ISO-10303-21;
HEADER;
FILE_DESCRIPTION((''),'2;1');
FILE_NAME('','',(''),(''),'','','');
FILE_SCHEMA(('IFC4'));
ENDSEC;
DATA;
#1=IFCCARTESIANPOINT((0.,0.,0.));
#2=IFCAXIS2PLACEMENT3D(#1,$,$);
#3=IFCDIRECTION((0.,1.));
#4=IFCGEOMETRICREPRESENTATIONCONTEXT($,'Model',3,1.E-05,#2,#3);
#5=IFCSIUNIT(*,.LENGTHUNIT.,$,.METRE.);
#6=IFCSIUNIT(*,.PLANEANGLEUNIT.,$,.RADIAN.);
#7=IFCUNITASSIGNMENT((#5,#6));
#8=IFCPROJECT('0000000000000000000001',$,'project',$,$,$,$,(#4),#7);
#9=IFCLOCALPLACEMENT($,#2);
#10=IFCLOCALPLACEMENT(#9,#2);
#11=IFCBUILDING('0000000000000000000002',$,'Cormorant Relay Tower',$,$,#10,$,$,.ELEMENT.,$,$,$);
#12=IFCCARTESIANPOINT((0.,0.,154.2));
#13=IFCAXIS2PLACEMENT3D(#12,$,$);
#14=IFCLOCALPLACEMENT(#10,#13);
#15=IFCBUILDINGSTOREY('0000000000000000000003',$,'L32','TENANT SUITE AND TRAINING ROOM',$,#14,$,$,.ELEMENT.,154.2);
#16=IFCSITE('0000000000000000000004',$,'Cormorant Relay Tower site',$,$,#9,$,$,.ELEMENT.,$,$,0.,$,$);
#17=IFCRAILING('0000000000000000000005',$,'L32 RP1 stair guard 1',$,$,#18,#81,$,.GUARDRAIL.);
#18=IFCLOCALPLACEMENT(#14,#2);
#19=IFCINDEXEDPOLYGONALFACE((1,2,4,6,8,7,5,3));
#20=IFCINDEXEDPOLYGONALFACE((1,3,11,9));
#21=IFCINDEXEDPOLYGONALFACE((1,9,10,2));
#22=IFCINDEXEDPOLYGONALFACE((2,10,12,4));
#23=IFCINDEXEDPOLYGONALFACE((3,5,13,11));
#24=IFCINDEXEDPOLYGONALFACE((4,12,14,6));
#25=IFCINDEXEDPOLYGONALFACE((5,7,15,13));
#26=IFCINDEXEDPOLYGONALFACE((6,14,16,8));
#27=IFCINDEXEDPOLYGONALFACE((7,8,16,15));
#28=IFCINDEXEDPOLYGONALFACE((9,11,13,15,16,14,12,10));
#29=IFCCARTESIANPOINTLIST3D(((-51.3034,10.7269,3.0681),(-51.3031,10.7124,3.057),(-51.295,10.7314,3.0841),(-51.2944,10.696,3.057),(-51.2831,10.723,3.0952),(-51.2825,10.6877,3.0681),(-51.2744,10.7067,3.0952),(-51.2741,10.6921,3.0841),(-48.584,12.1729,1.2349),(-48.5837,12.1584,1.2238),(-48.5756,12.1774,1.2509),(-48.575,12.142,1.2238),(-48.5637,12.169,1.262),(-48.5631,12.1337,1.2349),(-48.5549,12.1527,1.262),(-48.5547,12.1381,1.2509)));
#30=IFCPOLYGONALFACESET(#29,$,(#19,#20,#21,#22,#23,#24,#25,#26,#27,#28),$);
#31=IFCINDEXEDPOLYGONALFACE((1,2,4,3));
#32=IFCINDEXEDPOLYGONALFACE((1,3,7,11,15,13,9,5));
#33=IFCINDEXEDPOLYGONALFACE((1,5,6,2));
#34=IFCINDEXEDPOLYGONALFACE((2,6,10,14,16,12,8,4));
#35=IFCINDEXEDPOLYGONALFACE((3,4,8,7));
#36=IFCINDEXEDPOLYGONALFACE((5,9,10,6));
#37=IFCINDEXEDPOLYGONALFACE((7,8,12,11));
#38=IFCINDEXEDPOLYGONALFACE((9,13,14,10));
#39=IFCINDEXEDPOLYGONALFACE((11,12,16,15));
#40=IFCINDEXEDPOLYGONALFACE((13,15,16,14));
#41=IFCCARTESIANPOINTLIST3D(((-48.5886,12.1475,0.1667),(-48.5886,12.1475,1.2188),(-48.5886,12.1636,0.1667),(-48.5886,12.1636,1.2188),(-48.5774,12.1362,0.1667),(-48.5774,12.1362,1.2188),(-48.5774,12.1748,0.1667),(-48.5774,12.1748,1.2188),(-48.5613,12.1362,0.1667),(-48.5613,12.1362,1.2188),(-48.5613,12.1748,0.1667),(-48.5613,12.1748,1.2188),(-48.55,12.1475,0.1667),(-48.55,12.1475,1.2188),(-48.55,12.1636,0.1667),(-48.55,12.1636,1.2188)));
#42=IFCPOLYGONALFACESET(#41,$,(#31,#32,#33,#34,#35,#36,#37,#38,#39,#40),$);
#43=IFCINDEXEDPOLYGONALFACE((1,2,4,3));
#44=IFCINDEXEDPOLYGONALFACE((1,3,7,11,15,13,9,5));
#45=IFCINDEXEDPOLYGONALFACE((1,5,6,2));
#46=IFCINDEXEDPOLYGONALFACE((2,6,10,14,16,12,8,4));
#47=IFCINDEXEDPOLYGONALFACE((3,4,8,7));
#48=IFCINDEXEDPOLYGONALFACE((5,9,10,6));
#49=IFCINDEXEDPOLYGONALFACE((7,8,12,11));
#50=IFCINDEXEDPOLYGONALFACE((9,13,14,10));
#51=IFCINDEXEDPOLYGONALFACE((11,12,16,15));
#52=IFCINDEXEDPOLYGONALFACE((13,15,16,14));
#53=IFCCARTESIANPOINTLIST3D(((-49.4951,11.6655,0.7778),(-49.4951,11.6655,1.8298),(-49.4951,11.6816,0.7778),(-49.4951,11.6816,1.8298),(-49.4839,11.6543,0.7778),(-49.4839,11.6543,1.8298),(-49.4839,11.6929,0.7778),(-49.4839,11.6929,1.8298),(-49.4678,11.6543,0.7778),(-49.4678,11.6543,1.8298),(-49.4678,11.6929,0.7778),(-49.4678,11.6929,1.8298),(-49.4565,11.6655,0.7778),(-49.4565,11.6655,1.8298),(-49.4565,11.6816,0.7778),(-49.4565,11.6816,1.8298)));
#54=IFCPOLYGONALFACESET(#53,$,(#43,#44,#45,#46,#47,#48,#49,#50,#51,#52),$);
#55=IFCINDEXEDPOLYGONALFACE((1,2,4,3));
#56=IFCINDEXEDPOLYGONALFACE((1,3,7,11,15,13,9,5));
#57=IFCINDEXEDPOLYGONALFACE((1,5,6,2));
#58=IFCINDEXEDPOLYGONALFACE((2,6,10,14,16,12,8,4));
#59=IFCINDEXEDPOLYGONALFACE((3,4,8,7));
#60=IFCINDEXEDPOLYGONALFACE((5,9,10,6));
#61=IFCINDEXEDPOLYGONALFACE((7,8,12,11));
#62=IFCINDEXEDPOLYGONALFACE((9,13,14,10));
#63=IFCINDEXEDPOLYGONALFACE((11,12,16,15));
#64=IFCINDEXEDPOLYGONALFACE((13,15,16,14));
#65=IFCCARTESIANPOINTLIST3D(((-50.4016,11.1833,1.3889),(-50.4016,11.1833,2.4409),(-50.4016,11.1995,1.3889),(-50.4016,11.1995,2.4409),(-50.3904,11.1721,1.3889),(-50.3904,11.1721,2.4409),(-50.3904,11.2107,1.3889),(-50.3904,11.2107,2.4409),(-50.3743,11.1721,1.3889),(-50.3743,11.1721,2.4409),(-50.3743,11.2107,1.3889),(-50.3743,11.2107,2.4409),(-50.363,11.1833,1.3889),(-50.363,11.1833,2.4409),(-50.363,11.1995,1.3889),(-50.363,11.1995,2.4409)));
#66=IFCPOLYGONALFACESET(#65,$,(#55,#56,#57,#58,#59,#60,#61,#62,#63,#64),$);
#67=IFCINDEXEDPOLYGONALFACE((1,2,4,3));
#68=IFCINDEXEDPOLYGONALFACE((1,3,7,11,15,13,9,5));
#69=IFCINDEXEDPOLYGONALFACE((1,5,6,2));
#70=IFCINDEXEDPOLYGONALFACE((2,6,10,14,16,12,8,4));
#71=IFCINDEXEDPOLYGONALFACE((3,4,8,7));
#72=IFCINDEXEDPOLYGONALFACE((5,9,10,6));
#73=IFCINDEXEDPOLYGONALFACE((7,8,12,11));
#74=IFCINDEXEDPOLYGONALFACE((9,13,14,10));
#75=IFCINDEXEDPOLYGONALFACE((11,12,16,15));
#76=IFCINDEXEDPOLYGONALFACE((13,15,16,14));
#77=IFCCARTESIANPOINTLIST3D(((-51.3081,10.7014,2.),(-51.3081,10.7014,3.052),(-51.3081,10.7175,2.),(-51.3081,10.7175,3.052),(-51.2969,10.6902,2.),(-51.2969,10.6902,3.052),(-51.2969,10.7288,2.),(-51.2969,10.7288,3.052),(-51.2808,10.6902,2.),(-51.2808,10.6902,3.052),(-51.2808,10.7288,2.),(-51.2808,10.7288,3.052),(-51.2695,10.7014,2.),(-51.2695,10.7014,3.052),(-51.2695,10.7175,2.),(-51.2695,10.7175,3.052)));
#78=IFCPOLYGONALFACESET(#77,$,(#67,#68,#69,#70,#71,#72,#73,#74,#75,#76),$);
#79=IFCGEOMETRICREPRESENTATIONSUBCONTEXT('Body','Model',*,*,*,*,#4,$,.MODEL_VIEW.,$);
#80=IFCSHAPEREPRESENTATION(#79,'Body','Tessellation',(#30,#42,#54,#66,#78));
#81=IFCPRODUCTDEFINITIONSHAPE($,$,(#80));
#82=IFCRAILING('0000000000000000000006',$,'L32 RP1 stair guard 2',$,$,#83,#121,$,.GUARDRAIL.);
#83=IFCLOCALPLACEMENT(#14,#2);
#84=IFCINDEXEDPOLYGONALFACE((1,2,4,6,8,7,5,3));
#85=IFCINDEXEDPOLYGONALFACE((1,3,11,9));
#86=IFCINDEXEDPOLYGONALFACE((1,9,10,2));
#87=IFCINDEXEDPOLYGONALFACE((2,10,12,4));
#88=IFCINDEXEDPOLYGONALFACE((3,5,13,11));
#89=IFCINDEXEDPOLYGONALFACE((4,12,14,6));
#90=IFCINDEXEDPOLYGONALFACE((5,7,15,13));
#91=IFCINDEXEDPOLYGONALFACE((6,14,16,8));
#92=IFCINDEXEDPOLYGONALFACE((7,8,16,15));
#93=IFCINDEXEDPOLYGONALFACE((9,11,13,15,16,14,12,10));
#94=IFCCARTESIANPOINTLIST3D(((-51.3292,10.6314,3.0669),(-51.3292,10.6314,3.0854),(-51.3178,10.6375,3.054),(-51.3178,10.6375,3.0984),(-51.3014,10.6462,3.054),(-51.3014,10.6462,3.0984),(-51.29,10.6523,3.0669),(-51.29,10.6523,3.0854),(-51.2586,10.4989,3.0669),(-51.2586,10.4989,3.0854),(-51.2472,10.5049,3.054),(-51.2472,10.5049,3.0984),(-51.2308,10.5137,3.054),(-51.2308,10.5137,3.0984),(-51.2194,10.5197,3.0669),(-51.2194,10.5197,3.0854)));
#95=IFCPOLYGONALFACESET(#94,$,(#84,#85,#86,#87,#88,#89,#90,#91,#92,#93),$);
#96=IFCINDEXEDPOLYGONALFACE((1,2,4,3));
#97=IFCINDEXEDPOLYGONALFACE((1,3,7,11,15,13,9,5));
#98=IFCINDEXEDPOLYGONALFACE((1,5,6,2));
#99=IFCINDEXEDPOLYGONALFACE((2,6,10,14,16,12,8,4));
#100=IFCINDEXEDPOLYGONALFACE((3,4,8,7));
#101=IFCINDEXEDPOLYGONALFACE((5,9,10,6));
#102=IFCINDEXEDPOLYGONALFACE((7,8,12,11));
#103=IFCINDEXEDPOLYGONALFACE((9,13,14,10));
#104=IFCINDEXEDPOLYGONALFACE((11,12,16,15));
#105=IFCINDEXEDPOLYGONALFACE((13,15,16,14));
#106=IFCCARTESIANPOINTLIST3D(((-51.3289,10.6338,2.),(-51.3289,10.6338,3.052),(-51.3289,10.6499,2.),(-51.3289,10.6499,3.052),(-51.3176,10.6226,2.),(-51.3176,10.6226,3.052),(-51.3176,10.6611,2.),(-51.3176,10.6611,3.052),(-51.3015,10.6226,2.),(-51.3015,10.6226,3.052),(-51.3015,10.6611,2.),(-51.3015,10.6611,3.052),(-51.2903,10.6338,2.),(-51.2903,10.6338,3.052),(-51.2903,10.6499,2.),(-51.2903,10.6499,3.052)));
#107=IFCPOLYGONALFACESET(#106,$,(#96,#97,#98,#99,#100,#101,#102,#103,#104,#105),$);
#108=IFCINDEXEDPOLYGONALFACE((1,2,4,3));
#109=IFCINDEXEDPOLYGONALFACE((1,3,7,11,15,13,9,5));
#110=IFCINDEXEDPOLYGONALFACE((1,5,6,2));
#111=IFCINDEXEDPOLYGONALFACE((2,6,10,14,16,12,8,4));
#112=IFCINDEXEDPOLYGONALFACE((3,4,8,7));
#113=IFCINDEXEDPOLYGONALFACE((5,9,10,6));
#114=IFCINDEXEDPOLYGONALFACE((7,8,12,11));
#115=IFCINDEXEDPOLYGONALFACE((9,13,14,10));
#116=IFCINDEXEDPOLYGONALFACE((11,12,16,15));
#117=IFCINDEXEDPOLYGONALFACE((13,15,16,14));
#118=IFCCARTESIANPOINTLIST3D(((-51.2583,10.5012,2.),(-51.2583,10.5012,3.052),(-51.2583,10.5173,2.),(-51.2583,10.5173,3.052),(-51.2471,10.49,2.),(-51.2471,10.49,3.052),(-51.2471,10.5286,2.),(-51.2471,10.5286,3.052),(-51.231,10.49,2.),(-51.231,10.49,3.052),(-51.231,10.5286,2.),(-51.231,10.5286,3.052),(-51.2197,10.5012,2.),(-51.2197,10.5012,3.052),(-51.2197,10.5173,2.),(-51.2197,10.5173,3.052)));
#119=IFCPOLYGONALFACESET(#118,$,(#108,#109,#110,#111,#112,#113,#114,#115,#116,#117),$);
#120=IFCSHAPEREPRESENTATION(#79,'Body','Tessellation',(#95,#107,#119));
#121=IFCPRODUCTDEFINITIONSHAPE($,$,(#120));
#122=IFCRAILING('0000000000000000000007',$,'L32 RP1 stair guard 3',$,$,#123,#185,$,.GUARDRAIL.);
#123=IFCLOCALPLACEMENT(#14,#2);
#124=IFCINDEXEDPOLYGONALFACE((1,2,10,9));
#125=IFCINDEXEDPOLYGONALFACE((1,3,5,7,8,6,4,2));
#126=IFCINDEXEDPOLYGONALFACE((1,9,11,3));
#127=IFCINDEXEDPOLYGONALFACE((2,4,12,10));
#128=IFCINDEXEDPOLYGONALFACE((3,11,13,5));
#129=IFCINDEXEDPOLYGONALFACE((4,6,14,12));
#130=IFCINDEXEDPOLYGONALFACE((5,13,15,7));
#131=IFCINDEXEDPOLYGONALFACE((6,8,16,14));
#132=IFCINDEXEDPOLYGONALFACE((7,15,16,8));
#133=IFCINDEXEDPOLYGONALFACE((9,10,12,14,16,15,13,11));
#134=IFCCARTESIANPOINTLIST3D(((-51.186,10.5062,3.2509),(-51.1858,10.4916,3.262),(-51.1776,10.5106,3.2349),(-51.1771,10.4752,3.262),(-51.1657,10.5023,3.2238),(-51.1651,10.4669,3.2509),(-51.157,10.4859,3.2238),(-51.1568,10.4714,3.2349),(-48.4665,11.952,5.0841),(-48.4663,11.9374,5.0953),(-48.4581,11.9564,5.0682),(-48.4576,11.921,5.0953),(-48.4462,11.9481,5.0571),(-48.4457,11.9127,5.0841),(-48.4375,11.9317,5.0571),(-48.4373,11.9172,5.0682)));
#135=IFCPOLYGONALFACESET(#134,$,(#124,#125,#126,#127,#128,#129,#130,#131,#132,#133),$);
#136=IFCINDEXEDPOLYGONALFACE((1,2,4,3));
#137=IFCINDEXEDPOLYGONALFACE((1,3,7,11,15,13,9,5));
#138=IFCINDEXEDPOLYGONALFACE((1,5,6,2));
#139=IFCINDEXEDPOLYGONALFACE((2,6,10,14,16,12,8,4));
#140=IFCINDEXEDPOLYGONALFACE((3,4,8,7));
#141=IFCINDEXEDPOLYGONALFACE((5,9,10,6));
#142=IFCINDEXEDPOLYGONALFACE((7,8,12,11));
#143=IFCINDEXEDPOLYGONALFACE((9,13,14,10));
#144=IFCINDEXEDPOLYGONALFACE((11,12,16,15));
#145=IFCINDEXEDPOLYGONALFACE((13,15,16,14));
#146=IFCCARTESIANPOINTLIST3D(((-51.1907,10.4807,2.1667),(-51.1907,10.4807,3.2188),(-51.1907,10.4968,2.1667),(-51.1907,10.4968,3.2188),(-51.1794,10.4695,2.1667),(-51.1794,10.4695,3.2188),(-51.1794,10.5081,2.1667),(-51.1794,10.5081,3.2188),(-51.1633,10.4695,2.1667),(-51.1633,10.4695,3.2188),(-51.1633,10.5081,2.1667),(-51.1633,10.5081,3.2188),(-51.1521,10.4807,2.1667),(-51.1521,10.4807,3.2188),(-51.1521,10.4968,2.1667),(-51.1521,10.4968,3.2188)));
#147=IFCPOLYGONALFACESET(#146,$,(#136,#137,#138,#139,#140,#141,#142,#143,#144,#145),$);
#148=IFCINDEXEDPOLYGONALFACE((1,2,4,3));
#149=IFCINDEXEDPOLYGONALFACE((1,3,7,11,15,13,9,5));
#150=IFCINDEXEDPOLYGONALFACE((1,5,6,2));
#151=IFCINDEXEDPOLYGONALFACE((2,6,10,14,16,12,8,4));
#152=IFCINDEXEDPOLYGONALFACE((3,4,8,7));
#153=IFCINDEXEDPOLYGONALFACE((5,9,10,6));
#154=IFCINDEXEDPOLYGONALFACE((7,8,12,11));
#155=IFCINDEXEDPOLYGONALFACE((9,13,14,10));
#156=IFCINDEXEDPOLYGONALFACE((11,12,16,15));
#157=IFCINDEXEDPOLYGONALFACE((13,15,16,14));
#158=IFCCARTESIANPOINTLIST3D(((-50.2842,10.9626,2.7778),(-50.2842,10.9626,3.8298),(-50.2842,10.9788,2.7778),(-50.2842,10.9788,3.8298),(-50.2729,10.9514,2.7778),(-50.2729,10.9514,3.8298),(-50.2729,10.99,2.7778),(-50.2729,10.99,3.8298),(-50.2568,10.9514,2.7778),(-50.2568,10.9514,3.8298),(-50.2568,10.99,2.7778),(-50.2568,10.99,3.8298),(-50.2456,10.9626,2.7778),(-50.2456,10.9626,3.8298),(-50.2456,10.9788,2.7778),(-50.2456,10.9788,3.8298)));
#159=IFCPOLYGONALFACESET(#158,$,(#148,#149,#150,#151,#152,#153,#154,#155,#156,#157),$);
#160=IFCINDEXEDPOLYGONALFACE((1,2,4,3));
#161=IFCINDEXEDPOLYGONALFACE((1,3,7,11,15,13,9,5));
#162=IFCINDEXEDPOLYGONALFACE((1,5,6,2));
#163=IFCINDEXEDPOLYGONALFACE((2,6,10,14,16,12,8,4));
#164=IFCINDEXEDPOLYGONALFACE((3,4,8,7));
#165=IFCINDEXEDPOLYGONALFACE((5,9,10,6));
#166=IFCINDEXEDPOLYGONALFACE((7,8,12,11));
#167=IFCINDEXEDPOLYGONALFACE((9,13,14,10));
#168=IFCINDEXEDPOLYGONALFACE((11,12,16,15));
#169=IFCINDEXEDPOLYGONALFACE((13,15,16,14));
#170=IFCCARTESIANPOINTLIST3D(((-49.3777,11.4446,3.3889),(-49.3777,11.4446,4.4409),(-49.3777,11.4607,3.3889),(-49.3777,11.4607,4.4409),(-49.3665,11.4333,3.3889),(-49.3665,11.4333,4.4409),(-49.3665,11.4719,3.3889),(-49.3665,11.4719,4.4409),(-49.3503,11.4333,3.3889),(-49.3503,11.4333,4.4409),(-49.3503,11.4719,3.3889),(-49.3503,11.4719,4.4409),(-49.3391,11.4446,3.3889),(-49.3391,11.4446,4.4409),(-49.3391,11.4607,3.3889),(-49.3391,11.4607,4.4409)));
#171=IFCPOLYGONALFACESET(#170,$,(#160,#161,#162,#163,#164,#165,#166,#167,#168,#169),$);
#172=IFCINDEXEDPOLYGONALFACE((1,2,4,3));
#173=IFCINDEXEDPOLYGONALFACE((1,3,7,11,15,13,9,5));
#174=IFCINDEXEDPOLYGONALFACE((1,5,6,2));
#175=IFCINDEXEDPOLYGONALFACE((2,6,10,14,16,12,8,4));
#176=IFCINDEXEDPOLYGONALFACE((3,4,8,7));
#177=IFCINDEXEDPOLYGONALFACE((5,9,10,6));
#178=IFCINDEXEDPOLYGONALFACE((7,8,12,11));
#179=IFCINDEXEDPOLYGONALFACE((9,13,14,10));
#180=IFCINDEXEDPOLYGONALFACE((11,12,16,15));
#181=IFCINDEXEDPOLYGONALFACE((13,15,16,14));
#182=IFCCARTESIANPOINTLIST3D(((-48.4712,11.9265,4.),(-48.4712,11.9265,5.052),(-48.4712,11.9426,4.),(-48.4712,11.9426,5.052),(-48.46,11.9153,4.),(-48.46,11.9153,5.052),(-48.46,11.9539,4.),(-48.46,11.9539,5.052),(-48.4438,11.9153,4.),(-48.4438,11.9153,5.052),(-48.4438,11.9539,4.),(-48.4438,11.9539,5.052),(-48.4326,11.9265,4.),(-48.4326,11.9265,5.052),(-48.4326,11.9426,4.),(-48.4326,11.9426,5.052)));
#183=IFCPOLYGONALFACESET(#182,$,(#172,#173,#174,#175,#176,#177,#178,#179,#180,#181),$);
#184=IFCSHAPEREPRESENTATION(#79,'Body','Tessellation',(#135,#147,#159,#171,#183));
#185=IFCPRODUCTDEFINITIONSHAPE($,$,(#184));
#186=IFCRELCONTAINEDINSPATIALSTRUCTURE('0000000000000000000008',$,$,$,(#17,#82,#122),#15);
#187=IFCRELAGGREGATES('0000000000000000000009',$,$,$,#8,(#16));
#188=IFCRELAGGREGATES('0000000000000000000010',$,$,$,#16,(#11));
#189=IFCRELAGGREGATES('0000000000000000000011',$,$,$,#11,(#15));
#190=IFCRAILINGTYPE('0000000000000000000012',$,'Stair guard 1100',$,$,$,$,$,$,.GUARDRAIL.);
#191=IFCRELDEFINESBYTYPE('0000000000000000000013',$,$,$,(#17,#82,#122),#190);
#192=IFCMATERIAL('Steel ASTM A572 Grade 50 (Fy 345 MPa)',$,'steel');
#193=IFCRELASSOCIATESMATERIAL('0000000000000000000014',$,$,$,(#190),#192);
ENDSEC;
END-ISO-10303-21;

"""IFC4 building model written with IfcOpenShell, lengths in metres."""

from ifc_helpers import new_model, si_unit, direction, frame, origin, place, context, subcontext, project, spatial, polyline, outline, extrude, material, type_object, element, save


model = new_model("IFC4")

# Units and contexts
model_context = context("Model", 3, precision=1e-05, world=origin(), true_north=direction((0.0, 1.0)))
body_context = subcontext(model_context, "Body", "Model", "MODEL_VIEW")
ifc_project = project(units=[si_unit("LENGTHUNIT", "METRE"), si_unit("PLANEANGLEUNIT", "RADIAN")], contexts=[model_context])

# Site, building, storey
site_placement = place(None, origin())
site = spatial("IfcSite", under=ifc_project, at=site_placement, Name="Cormorant Relay Tower site", CompositionType="ELEMENT", RefElevation=0.0)
building_placement = place(site_placement, origin())
building = spatial("IfcBuilding", under=site, at=building_placement, Name="Cormorant Relay Tower", CompositionType="ELEMENT")
storey_placement = place(building_placement, frame((0.0, 0.0, 154.2)))
storey = spatial("IfcBuildingStorey", under=building, at=storey_placement, Name="L32", Description="TENANT SUITE AND TRAINING ROOM", CompositionType="ELEMENT", Elevation=154.2)

# Railings
ifc_material_1 = material(Name="Steel ASTM A572 Grade 50 (Fy 345 MPa)", Category="steel")
railing_type_1 = type_object("IfcRailingType", Name="Stair guard 1100", PredefinedType="GUARDRAIL", material=ifc_material_1)
railing_1_placement = place(storey_placement, frame((-48.5693, 12.1555, 0.1667)))
element("IfcRailing", 1, at=railing_1_placement, inside=storey, type_object=railing_type_1, Name="L32 RP1 stair guard 1", PredefinedType="GUARDRAIL", context=body_context, shape_type="SweptSolid", body=[
    extrude(outline(polyline([(0.0222, 0.0093), (0.0093, 0.0222), (-0.0093, 0.0222), (-0.0222, 0.0093), (-0.0222, -0.0093), (-0.0093, -0.0222), (0.0093, -0.0222), (0.0222, -0.0093), (0.0222, 0.0093)])), frame((0.0, 0.0, 1.0762), z_axis=(-0.758714, -0.403435, 0.511463), x_axis=(0.469489, -0.882938, 0.0)), (0.0, 0.0, 1.0), 3.5842),
    extrude(outline(polyline([(0.0193, 0.0081), (0.0081, 0.0193), (-0.0081, 0.0193), (-0.0193, 0.0081), (-0.0193, -0.0081), (-0.0081, -0.0193), (0.0081, -0.0193), (0.0193, -0.0081), (0.0193, 0.0081)])), origin(), (0.0, 0.0, 1.0), 1.052),
    extrude(outline(polyline([(0.0193, 0.0081), (0.0081, 0.0193), (-0.0081, 0.0193), (-0.0193, 0.0081), (-0.0193, -0.0081), (-0.0081, -0.0193), (0.0081, -0.0193), (0.0193, -0.0081), (0.0193, 0.0081)])), frame((-0.9065, -0.4819, 0.6111)), (0.0, 0.0, 1.0), 1.052),
    extrude(outline(polyline([(0.0193, 0.0081), (0.0081, 0.0193), (-0.0081, 0.0193), (-0.0193, 0.0081), (-0.0193, -0.0081), (-0.0081, -0.0193), (0.0081, -0.0193), (0.0193, -0.0081), (0.0193, 0.0081)])), frame((-1.813, -0.9641, 1.2222)), (0.0, 0.0, 1.0), 1.052),
    extrude(outline(polyline([(0.0193, 0.0081), (0.0081, 0.0193), (-0.0081, 0.0193), (-0.0193, 0.0081), (-0.0193, -0.0081), (-0.0081, -0.0193), (0.0081, -0.0193), (0.0193, -0.0081), (0.0193, 0.0081)])), frame((-2.7195, -1.446, 1.8333)), (0.0, 0.0, 1.0), 1.052),
])
railing_2_placement = place(storey_placement, frame((-51.3096, 10.6418, 2.0)))
element("IfcRailing", 2, at=railing_2_placement, inside=storey, type_object=railing_type_1, Name="L32 RP1 stair guard 2", PredefinedType="GUARDRAIL", context=body_context, shape_type="SweptSolid", body=[
    extrude(outline(polyline([(0.0222, 0.0093), (0.0093, 0.0222), (-0.0093, 0.0222), (-0.0222, 0.0093), (-0.0222, -0.0093), (-0.0093, -0.0222), (0.0093, -0.0222), (0.0222, -0.0093), (0.0222, 0.0093)])), frame((0.0, 0.0, 1.0762), z_axis=(0.469829, -0.882758, 0.0), x_axis=(0.882758, 0.469829, 0.0)), (0.0, 0.0, 1.0), 0.1501),
    extrude(outline(polyline([(0.0193, 0.0081), (0.0081, 0.0193), (-0.0081, 0.0193), (-0.0193, 0.0081), (-0.0193, -0.0081), (-0.0081, -0.0193), (0.0081, -0.0193), (0.0193, -0.0081), (0.0193, 0.0081)])), origin(), (0.0, 0.0, 1.0), 1.052),
    extrude(outline(polyline([(0.0193, 0.0081), (0.0081, 0.0193), (-0.0081, 0.0193), (-0.0193, 0.0081), (-0.0193, -0.0081), (-0.0081, -0.0193), (0.0081, -0.0193), (0.0193, -0.0081), (0.0193, 0.0081)])), frame((0.0706, -0.1326, 0.0)), (0.0, 0.0, 1.0), 1.052),
])
railing_3_placement = place(storey_placement, frame((-51.1714, 10.4888, 2.1667)))
element("IfcRailing", 3, at=railing_3_placement, inside=storey, type_object=railing_type_1, Name="L32 RP1 stair guard 3", PredefinedType="GUARDRAIL", context=body_context, shape_type="SweptSolid", body=[
    extrude(outline(polyline([(0.0222, 0.0093), (0.0093, 0.0222), (-0.0093, 0.0222), (-0.0222, 0.0093), (-0.0222, -0.0093), (-0.0093, -0.0222), (0.0093, -0.0222), (0.0222, -0.0093), (0.0222, 0.0093)])), frame((0.0, 0.0, 1.0762), z_axis=(0.758735, 0.403378, 0.511477), x_axis=(-0.469428, 0.882971, 0.0)), (0.0, 0.0, 1.0), 3.5842),
    extrude(outline(polyline([(0.0193, 0.0081), (0.0081, 0.0193), (-0.0081, 0.0193), (-0.0193, 0.0081), (-0.0193, -0.0081), (-0.0081, -0.0193), (0.0081, -0.0193), (0.0193, -0.0081), (0.0193, 0.0081)])), origin(), (0.0, 0.0, 1.0), 1.052),
    extrude(outline(polyline([(0.0193, 0.0081), (0.0081, 0.0193), (-0.0081, 0.0193), (-0.0193, 0.0081), (-0.0193, -0.0081), (-0.0081, -0.0193), (0.0081, -0.0193), (0.0193, -0.0081), (0.0193, 0.0081)])), frame((0.9065, 0.4819, 0.6111)), (0.0, 0.0, 1.0), 1.052),
    extrude(outline(polyline([(0.0193, 0.0081), (0.0081, 0.0193), (-0.0081, 0.0193), (-0.0193, 0.0081), (-0.0193, -0.0081), (-0.0081, -0.0193), (0.0081, -0.0193), (0.0193, -0.0081), (0.0193, 0.0081)])), frame((1.813, 0.9639, 1.2222)), (0.0, 0.0, 1.0), 1.052),
    extrude(outline(polyline([(0.0193, 0.0081), (0.0081, 0.0193), (-0.0081, 0.0193), (-0.0193, 0.0081), (-0.0193, -0.0081), (-0.0081, -0.0193), (0.0081, -0.0193), (0.0193, -0.0081), (0.0193, 0.0081)])), frame((2.7195, 1.4458, 1.8333)), (0.0, 0.0, 1.0), 1.052),
])

save(model, "model.ifc")
